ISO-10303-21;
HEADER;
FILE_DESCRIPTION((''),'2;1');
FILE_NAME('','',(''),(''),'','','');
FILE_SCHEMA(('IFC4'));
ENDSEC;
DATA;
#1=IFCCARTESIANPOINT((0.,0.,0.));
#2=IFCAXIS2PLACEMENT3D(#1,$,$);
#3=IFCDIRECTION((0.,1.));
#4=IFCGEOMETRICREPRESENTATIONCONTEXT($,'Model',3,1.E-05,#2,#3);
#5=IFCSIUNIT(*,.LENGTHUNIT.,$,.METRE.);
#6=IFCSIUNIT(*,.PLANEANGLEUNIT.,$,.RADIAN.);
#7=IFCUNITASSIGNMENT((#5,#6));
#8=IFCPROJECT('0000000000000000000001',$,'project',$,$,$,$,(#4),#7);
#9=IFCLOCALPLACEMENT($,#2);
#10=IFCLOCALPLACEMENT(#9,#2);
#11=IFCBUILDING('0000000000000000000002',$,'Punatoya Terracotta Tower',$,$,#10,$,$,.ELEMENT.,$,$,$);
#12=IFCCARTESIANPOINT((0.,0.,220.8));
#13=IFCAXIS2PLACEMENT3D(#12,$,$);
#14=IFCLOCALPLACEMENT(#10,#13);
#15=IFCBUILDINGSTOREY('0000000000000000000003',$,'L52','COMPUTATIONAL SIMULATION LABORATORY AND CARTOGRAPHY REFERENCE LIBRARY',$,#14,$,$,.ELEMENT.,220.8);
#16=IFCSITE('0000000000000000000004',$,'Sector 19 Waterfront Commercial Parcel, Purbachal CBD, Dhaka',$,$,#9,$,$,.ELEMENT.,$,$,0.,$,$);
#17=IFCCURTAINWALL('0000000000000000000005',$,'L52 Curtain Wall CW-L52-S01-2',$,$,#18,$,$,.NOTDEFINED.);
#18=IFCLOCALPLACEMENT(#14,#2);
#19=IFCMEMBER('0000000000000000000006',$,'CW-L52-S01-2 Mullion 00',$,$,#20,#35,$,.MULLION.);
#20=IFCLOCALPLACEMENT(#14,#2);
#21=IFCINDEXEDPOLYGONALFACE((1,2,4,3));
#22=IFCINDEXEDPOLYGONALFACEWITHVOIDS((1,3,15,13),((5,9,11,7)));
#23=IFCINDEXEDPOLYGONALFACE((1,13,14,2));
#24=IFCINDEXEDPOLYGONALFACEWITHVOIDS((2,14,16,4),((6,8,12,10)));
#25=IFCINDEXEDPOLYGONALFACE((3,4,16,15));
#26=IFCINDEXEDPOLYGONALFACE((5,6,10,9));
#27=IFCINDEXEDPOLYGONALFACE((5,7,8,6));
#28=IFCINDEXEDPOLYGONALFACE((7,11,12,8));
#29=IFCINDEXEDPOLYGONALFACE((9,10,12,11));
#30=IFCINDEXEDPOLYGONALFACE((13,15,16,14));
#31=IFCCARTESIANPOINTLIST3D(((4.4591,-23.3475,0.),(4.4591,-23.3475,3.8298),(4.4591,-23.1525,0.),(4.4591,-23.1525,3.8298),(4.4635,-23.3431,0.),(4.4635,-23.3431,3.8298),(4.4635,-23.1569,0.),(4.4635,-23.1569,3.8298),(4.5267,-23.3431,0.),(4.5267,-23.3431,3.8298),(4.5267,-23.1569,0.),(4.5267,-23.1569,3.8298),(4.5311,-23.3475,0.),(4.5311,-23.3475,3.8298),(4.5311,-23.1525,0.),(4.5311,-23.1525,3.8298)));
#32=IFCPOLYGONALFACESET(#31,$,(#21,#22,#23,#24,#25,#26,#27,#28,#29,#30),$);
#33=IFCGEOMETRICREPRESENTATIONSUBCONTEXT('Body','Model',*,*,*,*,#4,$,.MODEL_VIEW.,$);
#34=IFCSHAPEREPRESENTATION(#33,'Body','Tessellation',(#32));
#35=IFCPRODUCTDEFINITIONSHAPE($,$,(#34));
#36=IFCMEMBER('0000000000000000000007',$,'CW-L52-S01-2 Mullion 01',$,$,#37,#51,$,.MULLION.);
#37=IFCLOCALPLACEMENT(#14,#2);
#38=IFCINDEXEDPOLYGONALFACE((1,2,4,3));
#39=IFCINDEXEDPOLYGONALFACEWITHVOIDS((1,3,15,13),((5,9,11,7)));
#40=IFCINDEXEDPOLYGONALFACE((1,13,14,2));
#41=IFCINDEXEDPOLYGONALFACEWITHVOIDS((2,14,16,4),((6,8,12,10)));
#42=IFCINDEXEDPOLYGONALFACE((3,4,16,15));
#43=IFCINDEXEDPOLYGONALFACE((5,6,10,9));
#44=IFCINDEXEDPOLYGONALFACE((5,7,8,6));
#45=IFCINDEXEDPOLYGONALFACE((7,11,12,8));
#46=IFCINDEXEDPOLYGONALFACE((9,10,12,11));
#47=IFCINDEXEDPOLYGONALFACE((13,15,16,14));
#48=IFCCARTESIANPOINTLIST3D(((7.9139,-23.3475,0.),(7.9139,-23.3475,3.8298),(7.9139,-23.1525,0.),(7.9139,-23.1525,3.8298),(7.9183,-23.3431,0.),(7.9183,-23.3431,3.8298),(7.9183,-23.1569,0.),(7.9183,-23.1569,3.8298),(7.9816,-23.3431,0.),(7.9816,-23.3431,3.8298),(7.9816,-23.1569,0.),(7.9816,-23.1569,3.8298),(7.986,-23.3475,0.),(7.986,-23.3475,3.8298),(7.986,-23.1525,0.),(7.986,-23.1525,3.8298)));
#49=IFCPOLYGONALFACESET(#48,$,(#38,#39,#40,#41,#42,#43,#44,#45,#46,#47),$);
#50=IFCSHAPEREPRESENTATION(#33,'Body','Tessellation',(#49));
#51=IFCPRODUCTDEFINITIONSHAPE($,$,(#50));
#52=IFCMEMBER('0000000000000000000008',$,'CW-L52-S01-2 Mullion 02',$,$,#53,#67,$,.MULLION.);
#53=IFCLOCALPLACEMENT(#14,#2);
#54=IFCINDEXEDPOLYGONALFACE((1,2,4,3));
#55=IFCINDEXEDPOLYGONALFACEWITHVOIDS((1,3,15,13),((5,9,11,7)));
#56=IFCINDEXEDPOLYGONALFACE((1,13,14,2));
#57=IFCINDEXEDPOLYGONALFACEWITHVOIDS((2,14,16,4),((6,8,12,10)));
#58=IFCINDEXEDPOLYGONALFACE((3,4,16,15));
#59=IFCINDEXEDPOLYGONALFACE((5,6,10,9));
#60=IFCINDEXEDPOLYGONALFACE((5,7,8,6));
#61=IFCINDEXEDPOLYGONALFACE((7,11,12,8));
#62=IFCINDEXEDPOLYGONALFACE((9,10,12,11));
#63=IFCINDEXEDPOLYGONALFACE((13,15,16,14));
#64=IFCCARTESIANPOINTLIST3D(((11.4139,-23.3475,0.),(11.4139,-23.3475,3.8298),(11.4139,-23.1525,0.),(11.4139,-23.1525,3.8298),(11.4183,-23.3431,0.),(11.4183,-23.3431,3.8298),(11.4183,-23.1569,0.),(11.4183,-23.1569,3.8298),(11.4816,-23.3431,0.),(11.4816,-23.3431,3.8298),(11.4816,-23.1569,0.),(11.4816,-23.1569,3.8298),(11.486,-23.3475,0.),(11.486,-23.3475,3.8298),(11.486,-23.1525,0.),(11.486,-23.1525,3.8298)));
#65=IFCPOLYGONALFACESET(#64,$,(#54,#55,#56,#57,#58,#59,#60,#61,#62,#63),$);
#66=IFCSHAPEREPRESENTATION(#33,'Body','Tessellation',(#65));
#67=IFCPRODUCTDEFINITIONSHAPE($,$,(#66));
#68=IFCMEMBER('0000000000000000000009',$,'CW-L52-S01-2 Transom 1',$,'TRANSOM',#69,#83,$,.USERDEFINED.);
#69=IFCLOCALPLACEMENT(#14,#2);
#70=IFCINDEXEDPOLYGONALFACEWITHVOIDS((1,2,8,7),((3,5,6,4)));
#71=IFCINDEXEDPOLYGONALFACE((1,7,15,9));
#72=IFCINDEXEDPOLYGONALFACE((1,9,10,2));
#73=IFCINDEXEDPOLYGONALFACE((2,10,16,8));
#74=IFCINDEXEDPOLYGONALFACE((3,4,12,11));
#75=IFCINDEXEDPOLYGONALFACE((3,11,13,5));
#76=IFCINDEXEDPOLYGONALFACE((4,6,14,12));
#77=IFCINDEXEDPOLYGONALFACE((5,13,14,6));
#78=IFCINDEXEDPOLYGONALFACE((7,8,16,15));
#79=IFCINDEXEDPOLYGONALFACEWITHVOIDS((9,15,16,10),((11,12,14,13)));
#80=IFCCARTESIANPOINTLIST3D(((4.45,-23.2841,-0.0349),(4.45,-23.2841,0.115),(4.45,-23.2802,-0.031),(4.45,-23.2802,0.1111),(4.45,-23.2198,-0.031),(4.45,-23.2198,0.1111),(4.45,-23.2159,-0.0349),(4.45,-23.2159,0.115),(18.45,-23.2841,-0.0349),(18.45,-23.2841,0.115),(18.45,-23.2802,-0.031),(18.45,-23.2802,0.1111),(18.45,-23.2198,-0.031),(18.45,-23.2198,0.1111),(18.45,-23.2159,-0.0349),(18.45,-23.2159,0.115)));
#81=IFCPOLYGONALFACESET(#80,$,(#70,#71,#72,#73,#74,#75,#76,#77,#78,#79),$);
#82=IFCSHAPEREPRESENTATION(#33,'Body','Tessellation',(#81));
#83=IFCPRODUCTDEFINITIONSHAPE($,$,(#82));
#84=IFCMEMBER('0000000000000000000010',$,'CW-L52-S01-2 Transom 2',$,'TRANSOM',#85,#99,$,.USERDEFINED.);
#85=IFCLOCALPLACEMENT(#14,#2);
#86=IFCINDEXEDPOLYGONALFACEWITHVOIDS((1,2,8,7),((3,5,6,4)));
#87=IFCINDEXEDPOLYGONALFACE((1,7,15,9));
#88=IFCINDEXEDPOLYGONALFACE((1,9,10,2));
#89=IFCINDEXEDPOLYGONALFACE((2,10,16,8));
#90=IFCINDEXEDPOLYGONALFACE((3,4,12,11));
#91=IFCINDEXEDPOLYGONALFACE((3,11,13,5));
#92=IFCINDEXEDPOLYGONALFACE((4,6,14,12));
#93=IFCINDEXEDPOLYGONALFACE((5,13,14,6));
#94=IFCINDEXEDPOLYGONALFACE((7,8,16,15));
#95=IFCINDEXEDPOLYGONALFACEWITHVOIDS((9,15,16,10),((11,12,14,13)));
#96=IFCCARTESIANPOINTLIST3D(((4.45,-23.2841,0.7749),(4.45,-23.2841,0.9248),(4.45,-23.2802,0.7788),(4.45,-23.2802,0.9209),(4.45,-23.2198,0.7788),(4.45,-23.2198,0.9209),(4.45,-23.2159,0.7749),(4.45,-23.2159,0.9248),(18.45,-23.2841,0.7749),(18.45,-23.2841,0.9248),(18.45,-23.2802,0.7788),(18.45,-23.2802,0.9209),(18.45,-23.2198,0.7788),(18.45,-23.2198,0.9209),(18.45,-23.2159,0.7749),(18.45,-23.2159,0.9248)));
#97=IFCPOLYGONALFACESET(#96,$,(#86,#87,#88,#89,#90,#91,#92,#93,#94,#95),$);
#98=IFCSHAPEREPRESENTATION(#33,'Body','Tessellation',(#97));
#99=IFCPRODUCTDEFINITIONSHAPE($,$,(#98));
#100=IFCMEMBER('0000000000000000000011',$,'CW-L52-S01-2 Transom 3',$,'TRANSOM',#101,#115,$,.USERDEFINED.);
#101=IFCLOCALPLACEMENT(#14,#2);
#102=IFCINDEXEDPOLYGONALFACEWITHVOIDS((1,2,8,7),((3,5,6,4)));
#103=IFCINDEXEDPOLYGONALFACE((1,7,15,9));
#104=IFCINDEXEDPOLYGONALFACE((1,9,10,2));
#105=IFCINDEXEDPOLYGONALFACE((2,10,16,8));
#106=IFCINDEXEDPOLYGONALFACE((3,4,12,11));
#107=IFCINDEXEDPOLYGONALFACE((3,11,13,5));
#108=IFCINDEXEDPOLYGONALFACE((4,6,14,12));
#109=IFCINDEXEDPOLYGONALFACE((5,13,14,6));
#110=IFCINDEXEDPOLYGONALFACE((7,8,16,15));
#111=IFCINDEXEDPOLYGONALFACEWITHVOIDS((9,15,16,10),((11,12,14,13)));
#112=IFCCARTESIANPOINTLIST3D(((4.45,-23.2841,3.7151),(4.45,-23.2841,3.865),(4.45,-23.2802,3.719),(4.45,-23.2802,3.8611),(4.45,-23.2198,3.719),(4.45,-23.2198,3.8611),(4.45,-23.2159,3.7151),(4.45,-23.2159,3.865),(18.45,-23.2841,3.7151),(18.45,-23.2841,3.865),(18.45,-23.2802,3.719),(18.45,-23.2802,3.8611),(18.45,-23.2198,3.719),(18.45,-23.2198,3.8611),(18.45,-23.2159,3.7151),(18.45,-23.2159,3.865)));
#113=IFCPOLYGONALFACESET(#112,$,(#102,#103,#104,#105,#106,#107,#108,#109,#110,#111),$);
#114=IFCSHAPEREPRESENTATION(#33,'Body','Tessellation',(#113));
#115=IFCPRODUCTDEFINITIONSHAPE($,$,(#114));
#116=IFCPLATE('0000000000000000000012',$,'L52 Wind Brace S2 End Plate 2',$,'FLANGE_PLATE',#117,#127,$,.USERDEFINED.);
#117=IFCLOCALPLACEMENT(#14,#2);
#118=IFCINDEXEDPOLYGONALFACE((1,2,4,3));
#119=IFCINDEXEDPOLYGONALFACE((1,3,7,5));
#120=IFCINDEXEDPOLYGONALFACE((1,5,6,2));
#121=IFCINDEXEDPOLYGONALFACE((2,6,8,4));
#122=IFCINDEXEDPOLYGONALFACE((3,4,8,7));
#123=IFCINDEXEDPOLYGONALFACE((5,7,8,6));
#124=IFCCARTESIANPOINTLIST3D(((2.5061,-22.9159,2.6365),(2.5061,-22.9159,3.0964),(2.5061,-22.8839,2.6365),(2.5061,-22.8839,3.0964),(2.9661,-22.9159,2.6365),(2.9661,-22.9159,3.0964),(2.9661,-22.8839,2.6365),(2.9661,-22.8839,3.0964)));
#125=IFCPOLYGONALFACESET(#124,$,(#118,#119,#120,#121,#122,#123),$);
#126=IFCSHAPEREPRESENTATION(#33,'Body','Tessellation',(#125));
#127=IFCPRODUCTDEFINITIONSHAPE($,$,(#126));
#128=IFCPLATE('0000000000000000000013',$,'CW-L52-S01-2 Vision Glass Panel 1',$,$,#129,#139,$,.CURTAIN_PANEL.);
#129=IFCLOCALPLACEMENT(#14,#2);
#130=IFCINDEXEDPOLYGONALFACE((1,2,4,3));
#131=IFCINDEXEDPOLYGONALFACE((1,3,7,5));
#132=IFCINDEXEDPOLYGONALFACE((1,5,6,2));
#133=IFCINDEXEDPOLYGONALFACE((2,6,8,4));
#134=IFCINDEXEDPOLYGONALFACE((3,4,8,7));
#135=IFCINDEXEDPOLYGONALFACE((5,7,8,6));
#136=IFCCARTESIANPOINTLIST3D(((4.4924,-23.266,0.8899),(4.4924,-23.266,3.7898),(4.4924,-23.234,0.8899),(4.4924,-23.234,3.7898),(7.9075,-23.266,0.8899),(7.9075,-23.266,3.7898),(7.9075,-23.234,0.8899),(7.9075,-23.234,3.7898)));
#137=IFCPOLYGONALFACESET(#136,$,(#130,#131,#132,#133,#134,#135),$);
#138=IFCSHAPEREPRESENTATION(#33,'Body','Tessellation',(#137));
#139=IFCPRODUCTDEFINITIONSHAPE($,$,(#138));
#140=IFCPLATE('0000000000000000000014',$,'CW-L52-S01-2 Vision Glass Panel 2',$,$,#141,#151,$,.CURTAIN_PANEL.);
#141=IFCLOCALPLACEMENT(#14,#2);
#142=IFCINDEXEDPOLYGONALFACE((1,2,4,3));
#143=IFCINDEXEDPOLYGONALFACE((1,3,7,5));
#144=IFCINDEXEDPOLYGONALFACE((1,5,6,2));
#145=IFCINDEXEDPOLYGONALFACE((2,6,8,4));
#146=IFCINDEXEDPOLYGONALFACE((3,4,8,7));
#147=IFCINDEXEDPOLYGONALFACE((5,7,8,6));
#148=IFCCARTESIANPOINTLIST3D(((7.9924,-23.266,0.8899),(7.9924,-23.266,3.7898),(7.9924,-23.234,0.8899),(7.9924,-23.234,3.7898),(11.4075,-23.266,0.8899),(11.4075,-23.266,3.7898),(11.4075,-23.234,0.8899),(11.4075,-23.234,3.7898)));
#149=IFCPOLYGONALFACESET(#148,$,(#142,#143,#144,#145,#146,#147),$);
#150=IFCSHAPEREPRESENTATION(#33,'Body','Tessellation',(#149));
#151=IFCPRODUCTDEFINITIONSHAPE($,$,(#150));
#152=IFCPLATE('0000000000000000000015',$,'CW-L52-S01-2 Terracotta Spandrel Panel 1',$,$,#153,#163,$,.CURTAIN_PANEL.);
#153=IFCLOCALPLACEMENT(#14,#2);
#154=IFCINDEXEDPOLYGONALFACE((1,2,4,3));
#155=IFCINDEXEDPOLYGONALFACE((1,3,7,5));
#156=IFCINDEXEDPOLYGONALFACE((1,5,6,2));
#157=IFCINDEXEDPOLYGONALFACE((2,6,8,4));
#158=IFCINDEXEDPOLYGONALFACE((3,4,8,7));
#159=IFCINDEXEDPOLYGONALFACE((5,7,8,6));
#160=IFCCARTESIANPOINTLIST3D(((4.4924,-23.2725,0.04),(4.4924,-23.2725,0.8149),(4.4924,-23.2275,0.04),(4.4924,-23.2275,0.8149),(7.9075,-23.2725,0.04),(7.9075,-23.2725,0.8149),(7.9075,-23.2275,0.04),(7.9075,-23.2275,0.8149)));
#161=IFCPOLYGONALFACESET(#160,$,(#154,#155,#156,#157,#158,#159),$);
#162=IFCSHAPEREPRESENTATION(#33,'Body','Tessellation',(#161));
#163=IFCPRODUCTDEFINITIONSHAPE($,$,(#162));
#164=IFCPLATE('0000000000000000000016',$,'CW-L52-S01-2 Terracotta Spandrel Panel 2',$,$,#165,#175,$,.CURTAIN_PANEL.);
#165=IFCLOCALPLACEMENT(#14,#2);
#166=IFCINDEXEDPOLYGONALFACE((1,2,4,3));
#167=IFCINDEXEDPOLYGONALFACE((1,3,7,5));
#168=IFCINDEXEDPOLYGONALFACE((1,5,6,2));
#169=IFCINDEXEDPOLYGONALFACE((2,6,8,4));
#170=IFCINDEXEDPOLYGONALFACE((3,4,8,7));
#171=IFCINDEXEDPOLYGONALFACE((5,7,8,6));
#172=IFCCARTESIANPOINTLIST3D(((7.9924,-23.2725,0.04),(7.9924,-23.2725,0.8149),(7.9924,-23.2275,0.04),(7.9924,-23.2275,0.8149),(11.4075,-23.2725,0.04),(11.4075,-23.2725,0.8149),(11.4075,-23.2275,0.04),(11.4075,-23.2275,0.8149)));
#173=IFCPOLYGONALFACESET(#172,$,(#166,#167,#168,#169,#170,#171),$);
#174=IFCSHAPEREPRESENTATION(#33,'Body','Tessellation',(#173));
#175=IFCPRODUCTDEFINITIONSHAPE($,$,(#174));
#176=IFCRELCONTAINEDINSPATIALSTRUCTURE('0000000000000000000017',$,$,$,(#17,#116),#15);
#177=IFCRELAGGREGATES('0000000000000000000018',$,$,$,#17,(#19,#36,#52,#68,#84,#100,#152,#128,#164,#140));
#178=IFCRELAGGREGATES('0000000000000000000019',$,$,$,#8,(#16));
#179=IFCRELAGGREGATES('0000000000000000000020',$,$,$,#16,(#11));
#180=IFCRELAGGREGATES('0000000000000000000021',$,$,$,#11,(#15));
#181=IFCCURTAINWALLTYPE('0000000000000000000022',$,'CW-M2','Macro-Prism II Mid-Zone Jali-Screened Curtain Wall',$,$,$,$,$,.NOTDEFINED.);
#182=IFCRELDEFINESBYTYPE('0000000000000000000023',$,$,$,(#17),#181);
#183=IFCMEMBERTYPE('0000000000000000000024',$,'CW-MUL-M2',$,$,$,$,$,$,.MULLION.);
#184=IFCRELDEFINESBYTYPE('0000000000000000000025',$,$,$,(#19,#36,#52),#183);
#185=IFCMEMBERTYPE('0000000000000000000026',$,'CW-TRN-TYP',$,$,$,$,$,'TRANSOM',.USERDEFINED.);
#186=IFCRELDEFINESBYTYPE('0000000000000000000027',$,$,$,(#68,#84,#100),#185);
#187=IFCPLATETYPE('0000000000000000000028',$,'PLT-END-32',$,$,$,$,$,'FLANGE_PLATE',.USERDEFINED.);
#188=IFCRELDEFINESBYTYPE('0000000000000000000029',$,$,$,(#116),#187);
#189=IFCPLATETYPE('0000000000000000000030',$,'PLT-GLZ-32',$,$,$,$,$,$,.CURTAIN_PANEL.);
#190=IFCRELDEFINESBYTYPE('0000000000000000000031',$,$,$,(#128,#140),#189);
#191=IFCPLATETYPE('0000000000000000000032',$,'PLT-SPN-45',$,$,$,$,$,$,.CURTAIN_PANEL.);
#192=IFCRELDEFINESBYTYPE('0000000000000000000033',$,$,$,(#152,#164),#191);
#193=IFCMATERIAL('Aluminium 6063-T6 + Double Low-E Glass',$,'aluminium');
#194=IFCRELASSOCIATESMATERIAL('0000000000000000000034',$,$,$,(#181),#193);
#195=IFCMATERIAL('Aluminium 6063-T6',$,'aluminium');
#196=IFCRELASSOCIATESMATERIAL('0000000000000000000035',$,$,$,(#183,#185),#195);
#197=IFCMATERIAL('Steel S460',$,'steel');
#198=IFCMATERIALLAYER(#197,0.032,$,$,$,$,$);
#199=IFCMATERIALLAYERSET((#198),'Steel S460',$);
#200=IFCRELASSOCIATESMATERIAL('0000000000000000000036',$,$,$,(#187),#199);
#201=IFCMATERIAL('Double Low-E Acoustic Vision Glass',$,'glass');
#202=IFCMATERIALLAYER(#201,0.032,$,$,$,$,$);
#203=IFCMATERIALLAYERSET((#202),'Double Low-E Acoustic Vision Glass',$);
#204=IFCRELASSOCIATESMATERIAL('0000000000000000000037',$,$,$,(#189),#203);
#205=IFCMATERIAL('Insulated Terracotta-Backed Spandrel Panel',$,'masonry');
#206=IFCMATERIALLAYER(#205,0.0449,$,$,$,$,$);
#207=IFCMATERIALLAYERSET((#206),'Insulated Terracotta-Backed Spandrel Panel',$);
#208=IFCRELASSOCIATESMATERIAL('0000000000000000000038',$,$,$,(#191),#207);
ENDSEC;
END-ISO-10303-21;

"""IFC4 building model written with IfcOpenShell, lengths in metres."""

from ifc_helpers import new_model, si_unit, direction, frame, origin, origin_2d, place, context, subcontext, project, spatial, rectangle, hollow_rectangle, extrude, material, layer, layer_set, material_profile, profile_set, type_object, element, aggregate, save


model = new_model("IFC4")

# Units and contexts
model_context = context("Model", 3, precision=1e-05, world=origin(), true_north=direction((0.0, 1.0)))
body_context = subcontext(model_context, "Body", "Model", "MODEL_VIEW")
ifc_project = project(units=[si_unit("LENGTHUNIT", "METRE"), si_unit("PLANEANGLEUNIT", "RADIAN")], contexts=[model_context])

# Site, building, storey
site_placement = place(None, origin())
site = spatial("IfcSite", under=ifc_project, at=site_placement, Name="Sector 19 Waterfront Commercial Parcel, Purbachal CBD, Dhaka", CompositionType="ELEMENT", RefElevation=0.0)
building_placement = place(site_placement, origin())
building = spatial("IfcBuilding", under=site, at=building_placement, Name="Punatoya Terracotta Tower", CompositionType="ELEMENT")
storey_placement = place(building_placement, frame((0.0, 0.0, 220.8)))
storey = spatial("IfcBuildingStorey", under=building, at=storey_placement, Name="L52", Description="COMPUTATIONAL SIMULATION LABORATORY AND CARTOGRAPHY REFERENCE LIBRARY", CompositionType="ELEMENT", Elevation=220.8)

# Shared definitions
ifc_material_1 = material(Name="Steel S460", Category="steel")

# Curtain wall, members
ifc_material_2 = material(Name="Aluminium 6063-T6 + Double Low-E Glass", Category="aluminium")
curtain_wall_type = type_object("IfcCurtainWallType", Name="CW-M2", Description="Macro-Prism II Mid-Zone Jali-Screened Curtain Wall", PredefinedType="NOTDEFINED", material=ifc_material_2)
curtain_wall_placement = place(storey_placement, origin())
curtain_wall = element("IfcCurtainWall", 1, at=curtain_wall_placement, inside=storey, type_object=curtain_wall_type, Name="L52 Curtain Wall CW-L52-S01-2", PredefinedType="NOTDEFINED")
ifc_material_3 = material(Name="Aluminium 6063-T6", Category="aluminium")
ifc_material_profile_1 = material_profile(ifc_material_3, hollow_rectangle(XDim=0.072, YDim=0.1951, WallThickness=0.0044, at=origin_2d()))
ifc_profile_set_1 = profile_set([ifc_material_profile_1], Name="Aluminium 6063-T6")
member_type_1 = type_object("IfcMemberType", Name="CW-MUL-M2", PredefinedType="MULLION", material=ifc_profile_set_1)
member_1_placement = place(storey_placement, frame((4.4951, -23.25, 0.0), z_axis=(0.0, 0.0, 1.0), x_axis=(1.0, 0.0, 0.0)))
member_1 = element("IfcMember", 2, at=member_1_placement, type_object=member_type_1, Name="CW-L52-S01-2 Mullion 00", PredefinedType="MULLION", context=body_context, shape_type="SweptSolid", body=[
    extrude(hollow_rectangle(XDim=0.072, YDim=0.1951, WallThickness=0.0044, at=origin_2d()), origin(), (0.0, 0.0, 1.0), 3.8298),
])
member_2_placement = place(storey_placement, frame((7.95, -23.25, 0.0), z_axis=(0.0, 0.0, 1.0), x_axis=(1.0, 0.0, 0.0)))
member_2 = element("IfcMember", 3, at=member_2_placement, type_object=member_type_1, Name="CW-L52-S01-2 Mullion 01", PredefinedType="MULLION", context=body_context, shape_type="SweptSolid", body=[
    extrude(hollow_rectangle(XDim=0.072, YDim=0.1951, WallThickness=0.0044, at=origin_2d()), origin(), (0.0, 0.0, 1.0), 3.8298),
])
member_3_placement = place(storey_placement, frame((11.45, -23.25, 0.0), z_axis=(0.0, 0.0, 1.0), x_axis=(1.0, 0.0, 0.0)))
member_3 = element("IfcMember", 4, at=member_3_placement, type_object=member_type_1, Name="CW-L52-S01-2 Mullion 02", PredefinedType="MULLION", context=body_context, shape_type="SweptSolid", body=[
    extrude(hollow_rectangle(XDim=0.072, YDim=0.1951, WallThickness=0.0044, at=origin_2d()), origin(), (0.0, 0.0, 1.0), 3.8298),
])
ifc_material_profile_2 = material_profile(ifc_material_3, hollow_rectangle(XDim=0.0681, YDim=0.1499, WallThickness=0.0039, at=origin_2d()))
ifc_profile_set_2 = profile_set([ifc_material_profile_2], Name="Aluminium 6063-T6")
member_type_2 = type_object("IfcMemberType", Name="CW-TRN-TYP", ElementType="TRANSOM", PredefinedType="USERDEFINED", material=ifc_profile_set_2)
member_4_placement = place(storey_placement, frame((4.45, -23.25, 0.04), z_axis=(1.0, 0.0, 0.0), x_axis=(0.0, 1.0, 0.0)))
member_4 = element("IfcMember", 5, at=member_4_placement, type_object=member_type_2, Name="CW-L52-S01-2 Transom 1", ObjectType="TRANSOM", PredefinedType="USERDEFINED", context=body_context, shape_type="SweptSolid", body=[
    extrude(hollow_rectangle(XDim=0.0681, YDim=0.1499, WallThickness=0.0039, at=origin_2d()), origin(), (0.0, 0.0, 1.0), 14.0),
])
member_5_placement = place(storey_placement, frame((4.45, -23.25, 0.8499), z_axis=(1.0, 0.0, 0.0), x_axis=(0.0, 1.0, 0.0)))
member_5 = element("IfcMember", 6, at=member_5_placement, type_object=member_type_2, Name="CW-L52-S01-2 Transom 2", ObjectType="TRANSOM", PredefinedType="USERDEFINED", context=body_context, shape_type="SweptSolid", body=[
    extrude(hollow_rectangle(XDim=0.0681, YDim=0.1499, WallThickness=0.0039, at=origin_2d()), origin(), (0.0, 0.0, 1.0), 14.0),
])
member_6_placement = place(storey_placement, frame((4.45, -23.25, 3.79), z_axis=(1.0, 0.0, 0.0), x_axis=(0.0, 1.0, 0.0)))
member_6 = element("IfcMember", 7, at=member_6_placement, type_object=member_type_2, Name="CW-L52-S01-2 Transom 3", ObjectType="TRANSOM", PredefinedType="USERDEFINED", context=body_context, shape_type="SweptSolid", body=[
    extrude(hollow_rectangle(XDim=0.0681, YDim=0.1499, WallThickness=0.0039, at=origin_2d()), origin(), (0.0, 0.0, 1.0), 14.0),
])

# Plates
ifc_layer_1 = layer(ifc_material_1, 0.032)
ifc_layer_set_1 = layer_set([ifc_layer_1], Name="Steel S460")
plate_type_1 = type_object("IfcPlateType", Name="PLT-END-32", ElementType="FLANGE_PLATE", PredefinedType="USERDEFINED", material=ifc_layer_set_1)
plate_1_placement = place(storey_placement, frame((2.7361, -22.8999, 2.6365), z_axis=(0.0, 0.0, 1.0), x_axis=(1.0, 0.0, 0.0)))
element("IfcPlate", 8, at=plate_1_placement, inside=storey, type_object=plate_type_1, Name="L52 Wind Brace S2 End Plate 2", ObjectType="FLANGE_PLATE", PredefinedType="USERDEFINED", context=body_context, shape_type="SweptSolid", body=[
    extrude(rectangle(XDim=0.46, YDim=0.032, at=origin_2d()), origin(), (0.0, 0.0, 1.0), 0.46),
])
ifc_material_4 = material(Name="Double Low-E Acoustic Vision Glass", Category="glass")
ifc_layer_2 = layer(ifc_material_4, 0.032)
ifc_layer_set_2 = layer_set([ifc_layer_2], Name="Double Low-E Acoustic Vision Glass")
plate_type_2 = type_object("IfcPlateType", Name="PLT-GLZ-32", PredefinedType="CURTAIN_PANEL", material=ifc_layer_set_2)
plate_2_placement = place(storey_placement, frame((6.2, -23.25, 0.8899), z_axis=(0.0, 0.0, 1.0), x_axis=(1.0, 0.0, 0.0)))
plate_2 = element("IfcPlate", 9, at=plate_2_placement, type_object=plate_type_2, Name="CW-L52-S01-2 Vision Glass Panel 1", PredefinedType="CURTAIN_PANEL", context=body_context, shape_type="SweptSolid", body=[
    extrude(rectangle(XDim=3.415, YDim=0.032, at=origin_2d()), origin(), (0.0, 0.0, 1.0), 2.8999),
])
plate_3_placement = place(storey_placement, frame((9.7, -23.25, 0.8899), z_axis=(0.0, 0.0, 1.0), x_axis=(1.0, 0.0, 0.0)))
plate_3 = element("IfcPlate", 10, at=plate_3_placement, type_object=plate_type_2, Name="CW-L52-S01-2 Vision Glass Panel 2", PredefinedType="CURTAIN_PANEL", context=body_context, shape_type="SweptSolid", body=[
    extrude(rectangle(XDim=3.415, YDim=0.032, at=origin_2d()), origin(), (0.0, 0.0, 1.0), 2.8999),
])
ifc_material_5 = material(Name="Insulated Terracotta-Backed Spandrel Panel", Category="masonry")
ifc_layer_3 = layer(ifc_material_5, 0.0449)
ifc_layer_set_3 = layer_set([ifc_layer_3], Name="Insulated Terracotta-Backed Spandrel Panel")
plate_type_3 = type_object("IfcPlateType", Name="PLT-SPN-45", PredefinedType="CURTAIN_PANEL", material=ifc_layer_set_3)
plate_4_placement = place(storey_placement, frame((6.2, -23.25, 0.04), z_axis=(0.0, 0.0, 1.0), x_axis=(1.0, 0.0, 0.0)))
plate_4 = element("IfcPlate", 11, at=plate_4_placement, type_object=plate_type_3, Name="CW-L52-S01-2 Terracotta Spandrel Panel 1", PredefinedType="CURTAIN_PANEL", context=body_context, shape_type="SweptSolid", body=[
    extrude(rectangle(XDim=3.415, YDim=0.0449, at=origin_2d()), origin(), (0.0, 0.0, 1.0), 0.7749),
])
plate_5_placement = place(storey_placement, frame((9.7, -23.25, 0.04), z_axis=(0.0, 0.0, 1.0), x_axis=(1.0, 0.0, 0.0)))
plate_5 = element("IfcPlate", 12, at=plate_5_placement, type_object=plate_type_3, Name="CW-L52-S01-2 Terracotta Spandrel Panel 2", PredefinedType="CURTAIN_PANEL", context=body_context, shape_type="SweptSolid", body=[
    extrude(rectangle(XDim=3.415, YDim=0.0449, at=origin_2d()), origin(), (0.0, 0.0, 1.0), 0.7749),
])
aggregate(curtain_wall, [member_1, member_2, member_3, member_4, member_5, member_6, plate_4, plate_2, plate_5, plate_3])

save(model, "model.ifc")
